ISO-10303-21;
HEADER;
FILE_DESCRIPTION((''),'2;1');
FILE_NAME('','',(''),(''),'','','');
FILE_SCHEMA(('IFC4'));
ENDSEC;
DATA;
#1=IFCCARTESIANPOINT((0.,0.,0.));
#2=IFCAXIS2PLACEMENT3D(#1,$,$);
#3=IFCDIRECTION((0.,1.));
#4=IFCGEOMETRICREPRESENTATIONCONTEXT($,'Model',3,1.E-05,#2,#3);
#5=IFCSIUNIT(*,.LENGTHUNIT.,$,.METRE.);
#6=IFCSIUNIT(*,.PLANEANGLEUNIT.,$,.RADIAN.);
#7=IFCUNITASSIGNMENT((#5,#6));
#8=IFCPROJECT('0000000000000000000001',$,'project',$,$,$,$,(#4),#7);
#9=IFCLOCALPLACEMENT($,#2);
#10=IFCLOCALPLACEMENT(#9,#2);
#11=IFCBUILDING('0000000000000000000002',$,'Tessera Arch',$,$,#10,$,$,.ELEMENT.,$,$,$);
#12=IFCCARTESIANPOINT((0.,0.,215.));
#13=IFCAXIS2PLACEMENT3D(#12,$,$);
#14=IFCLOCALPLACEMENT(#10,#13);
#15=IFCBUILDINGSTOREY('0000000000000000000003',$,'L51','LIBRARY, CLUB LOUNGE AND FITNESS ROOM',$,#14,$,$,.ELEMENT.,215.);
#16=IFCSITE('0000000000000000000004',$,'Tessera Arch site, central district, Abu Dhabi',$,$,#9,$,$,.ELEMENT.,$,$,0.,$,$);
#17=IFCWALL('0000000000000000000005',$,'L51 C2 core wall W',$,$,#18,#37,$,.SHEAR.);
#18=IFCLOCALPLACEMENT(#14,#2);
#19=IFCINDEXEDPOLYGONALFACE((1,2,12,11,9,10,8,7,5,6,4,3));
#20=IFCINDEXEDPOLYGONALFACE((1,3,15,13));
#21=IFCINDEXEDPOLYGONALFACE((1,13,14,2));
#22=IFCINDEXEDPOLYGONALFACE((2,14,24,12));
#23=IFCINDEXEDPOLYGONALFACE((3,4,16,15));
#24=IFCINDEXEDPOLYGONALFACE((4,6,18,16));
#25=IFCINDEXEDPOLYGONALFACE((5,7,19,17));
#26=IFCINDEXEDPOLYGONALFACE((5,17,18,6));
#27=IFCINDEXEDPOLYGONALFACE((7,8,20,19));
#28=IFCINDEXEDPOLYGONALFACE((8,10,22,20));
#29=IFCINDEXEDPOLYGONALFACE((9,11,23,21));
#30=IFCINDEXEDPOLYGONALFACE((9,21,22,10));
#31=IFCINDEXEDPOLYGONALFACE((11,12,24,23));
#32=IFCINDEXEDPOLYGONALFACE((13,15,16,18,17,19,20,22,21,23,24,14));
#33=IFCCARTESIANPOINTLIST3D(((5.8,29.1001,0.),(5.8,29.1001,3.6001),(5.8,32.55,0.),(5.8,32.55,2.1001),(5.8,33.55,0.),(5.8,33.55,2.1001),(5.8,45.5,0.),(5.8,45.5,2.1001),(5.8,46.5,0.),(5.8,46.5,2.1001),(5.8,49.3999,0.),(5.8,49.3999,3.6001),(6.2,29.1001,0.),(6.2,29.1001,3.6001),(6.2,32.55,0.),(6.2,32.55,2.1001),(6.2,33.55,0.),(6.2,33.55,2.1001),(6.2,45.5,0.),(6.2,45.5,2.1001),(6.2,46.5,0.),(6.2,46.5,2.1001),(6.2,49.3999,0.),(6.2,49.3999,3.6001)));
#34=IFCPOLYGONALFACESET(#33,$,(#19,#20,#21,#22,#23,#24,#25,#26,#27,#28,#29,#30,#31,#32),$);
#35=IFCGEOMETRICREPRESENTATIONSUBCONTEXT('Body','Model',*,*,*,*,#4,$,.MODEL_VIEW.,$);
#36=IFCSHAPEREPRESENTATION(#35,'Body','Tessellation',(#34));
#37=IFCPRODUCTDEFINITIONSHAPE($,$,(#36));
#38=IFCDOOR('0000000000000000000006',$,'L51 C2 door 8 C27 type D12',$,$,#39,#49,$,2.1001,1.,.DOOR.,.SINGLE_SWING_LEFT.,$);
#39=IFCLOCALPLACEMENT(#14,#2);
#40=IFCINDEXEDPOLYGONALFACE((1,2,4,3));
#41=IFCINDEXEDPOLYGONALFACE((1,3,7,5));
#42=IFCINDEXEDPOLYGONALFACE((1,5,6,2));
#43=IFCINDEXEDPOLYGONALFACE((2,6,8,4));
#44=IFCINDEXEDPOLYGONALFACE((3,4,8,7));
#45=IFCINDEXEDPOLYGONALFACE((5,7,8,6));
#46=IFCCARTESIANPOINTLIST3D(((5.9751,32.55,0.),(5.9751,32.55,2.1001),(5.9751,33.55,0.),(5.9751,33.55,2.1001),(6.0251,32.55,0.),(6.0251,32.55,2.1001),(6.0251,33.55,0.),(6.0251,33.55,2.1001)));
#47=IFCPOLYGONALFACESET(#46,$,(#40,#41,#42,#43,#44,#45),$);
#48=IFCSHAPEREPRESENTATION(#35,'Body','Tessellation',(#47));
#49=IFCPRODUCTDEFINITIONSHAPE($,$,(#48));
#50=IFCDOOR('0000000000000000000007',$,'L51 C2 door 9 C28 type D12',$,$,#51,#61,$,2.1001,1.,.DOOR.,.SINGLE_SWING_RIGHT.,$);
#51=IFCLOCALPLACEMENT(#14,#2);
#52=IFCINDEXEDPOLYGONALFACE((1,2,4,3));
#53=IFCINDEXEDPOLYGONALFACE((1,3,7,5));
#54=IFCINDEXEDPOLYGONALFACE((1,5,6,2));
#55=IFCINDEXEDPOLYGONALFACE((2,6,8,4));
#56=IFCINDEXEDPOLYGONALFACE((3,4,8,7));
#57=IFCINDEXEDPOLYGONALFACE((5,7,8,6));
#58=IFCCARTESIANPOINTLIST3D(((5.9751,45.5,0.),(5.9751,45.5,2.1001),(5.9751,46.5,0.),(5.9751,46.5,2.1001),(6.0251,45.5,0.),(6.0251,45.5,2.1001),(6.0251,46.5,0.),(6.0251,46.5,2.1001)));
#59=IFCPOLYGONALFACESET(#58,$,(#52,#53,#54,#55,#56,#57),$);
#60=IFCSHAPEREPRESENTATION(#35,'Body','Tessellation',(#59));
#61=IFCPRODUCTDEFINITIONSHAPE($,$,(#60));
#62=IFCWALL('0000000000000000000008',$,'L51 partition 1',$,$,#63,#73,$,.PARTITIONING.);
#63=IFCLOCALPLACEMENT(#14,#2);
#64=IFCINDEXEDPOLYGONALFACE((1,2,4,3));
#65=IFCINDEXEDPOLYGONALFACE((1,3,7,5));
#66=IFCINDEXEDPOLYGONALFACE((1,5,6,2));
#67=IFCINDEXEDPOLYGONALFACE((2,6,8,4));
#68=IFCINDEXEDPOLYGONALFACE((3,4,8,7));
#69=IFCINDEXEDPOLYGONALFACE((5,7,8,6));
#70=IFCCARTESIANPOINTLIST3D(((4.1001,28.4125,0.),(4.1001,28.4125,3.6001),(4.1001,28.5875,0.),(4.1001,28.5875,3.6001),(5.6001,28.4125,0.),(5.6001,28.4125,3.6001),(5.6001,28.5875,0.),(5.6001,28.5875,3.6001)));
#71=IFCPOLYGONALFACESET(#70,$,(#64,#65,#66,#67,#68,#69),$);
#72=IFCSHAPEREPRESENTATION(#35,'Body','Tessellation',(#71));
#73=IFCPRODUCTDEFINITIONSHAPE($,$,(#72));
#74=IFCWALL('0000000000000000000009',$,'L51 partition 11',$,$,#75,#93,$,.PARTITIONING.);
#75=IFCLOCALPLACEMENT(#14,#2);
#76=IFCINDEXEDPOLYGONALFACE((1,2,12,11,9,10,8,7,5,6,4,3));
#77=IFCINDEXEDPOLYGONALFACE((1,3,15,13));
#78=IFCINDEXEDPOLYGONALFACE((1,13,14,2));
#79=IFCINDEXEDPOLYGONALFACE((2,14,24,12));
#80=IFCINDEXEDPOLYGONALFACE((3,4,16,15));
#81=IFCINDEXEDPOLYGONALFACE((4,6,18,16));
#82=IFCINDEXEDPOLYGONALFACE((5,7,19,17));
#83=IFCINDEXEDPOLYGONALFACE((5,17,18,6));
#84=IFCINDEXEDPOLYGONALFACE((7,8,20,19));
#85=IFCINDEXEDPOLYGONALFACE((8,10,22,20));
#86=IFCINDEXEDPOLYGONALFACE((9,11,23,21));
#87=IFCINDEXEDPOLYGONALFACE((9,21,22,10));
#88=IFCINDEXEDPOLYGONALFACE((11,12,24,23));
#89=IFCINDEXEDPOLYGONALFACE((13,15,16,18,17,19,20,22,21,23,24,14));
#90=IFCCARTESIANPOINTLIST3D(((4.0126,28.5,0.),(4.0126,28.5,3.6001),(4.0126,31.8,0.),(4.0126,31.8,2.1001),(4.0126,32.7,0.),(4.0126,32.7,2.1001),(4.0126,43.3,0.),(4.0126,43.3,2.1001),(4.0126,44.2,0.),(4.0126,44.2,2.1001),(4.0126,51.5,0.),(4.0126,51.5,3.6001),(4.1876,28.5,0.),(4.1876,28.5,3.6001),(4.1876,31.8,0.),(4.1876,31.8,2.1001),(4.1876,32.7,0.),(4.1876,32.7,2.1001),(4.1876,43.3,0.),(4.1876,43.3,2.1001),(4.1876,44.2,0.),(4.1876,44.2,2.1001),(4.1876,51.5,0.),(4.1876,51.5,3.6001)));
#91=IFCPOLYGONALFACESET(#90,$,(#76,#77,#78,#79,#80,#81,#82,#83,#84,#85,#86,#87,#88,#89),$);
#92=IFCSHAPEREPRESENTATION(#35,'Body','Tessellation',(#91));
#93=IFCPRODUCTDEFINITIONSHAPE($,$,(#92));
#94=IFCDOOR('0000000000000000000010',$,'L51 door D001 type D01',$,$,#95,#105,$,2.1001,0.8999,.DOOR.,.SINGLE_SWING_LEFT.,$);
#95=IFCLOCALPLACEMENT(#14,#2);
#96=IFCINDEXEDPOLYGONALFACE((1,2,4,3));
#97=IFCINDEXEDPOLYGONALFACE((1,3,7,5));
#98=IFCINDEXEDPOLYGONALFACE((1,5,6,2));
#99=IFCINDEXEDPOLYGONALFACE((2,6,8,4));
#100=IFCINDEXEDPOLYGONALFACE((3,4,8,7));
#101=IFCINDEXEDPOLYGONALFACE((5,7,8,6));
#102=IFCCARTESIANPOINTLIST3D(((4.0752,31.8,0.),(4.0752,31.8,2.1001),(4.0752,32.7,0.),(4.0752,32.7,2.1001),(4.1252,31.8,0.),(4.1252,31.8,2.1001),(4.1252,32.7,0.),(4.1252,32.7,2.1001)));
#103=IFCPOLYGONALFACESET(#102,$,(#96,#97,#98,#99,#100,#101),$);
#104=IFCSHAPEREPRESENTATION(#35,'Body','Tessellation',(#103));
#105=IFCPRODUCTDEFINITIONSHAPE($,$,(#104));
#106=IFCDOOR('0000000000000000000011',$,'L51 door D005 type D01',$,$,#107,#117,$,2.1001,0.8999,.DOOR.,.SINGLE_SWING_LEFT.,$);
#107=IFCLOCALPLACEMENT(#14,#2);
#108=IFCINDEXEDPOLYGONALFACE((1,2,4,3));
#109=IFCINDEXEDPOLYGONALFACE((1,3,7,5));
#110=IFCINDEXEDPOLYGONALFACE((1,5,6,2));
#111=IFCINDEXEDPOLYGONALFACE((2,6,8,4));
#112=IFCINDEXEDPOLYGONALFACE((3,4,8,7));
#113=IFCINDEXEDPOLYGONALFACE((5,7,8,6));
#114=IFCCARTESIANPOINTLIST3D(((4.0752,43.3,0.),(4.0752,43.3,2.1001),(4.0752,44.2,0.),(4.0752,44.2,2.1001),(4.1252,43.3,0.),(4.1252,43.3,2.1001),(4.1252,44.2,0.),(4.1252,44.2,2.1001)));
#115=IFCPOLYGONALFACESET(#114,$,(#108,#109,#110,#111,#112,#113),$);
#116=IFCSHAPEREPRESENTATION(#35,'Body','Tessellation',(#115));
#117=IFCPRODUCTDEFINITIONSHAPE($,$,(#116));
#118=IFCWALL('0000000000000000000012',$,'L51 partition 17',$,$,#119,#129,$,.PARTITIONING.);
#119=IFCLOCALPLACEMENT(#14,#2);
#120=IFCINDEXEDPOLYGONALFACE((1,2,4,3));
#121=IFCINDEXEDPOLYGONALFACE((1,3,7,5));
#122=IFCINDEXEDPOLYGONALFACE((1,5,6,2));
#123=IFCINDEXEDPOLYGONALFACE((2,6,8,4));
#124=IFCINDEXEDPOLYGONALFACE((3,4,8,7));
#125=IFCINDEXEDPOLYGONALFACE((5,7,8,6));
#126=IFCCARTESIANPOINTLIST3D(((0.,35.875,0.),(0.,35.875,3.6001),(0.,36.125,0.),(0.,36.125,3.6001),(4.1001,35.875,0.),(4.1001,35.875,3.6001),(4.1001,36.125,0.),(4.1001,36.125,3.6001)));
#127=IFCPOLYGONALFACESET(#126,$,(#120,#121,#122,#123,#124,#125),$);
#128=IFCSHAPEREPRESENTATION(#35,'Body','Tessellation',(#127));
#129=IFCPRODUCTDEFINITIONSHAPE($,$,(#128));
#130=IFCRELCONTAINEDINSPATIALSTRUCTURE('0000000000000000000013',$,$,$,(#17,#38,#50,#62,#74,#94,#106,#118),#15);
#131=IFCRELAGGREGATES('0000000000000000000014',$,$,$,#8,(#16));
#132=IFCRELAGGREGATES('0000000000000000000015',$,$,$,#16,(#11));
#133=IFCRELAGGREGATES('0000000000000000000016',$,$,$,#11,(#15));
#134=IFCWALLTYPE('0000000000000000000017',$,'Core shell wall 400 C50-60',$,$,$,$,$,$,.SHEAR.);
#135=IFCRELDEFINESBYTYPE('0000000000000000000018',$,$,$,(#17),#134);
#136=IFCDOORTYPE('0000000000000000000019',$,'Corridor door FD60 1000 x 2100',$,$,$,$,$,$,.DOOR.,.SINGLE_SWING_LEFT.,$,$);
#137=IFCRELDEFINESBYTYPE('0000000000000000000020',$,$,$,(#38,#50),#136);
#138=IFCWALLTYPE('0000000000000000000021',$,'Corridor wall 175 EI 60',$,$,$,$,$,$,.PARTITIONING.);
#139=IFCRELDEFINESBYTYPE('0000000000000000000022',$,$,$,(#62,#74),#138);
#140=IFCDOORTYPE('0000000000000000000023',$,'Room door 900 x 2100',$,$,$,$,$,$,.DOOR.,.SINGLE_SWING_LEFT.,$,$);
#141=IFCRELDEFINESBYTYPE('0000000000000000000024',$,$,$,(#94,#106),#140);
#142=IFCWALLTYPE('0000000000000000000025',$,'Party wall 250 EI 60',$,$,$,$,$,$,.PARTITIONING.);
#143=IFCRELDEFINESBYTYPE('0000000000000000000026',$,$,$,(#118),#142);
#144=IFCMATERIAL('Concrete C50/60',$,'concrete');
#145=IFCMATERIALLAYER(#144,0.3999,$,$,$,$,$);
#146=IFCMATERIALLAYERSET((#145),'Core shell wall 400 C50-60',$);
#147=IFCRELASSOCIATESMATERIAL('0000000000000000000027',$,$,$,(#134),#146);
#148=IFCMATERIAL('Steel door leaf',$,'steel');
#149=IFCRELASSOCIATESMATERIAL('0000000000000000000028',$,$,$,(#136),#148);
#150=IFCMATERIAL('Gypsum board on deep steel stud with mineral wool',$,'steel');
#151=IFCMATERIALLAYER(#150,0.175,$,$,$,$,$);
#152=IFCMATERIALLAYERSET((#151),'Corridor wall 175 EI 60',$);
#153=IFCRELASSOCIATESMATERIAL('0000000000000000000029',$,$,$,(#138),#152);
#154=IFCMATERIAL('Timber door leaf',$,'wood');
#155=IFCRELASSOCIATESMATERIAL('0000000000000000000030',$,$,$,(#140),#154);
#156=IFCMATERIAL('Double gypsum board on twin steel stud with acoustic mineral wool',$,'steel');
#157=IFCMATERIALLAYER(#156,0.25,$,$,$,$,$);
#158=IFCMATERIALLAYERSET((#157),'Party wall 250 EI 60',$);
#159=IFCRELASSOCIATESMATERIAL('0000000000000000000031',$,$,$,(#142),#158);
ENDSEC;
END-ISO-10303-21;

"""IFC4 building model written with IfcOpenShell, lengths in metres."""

from ifc_helpers import new_model, si_unit, direction, frame, frame_2d, origin, place, context, subcontext, project, spatial, rectangle, extrude, material, layer, layer_set, type_object, element, fill, save


model = new_model("IFC4")

# Units and contexts
model_context = context("Model", 3, precision=1e-05, world=origin(), true_north=direction((0.0, 1.0)))
body_context = subcontext(model_context, "Body", "Model", "MODEL_VIEW")
ifc_project = project(units=[si_unit("LENGTHUNIT", "METRE"), si_unit("PLANEANGLEUNIT", "RADIAN")], contexts=[model_context])

# Site, building, storey
site_placement = place(None, origin())
site = spatial("IfcSite", under=ifc_project, at=site_placement, Name="Tessera Arch site, central district, Abu Dhabi", CompositionType="ELEMENT", RefElevation=0.0)
building_placement = place(site_placement, origin())
building = spatial("IfcBuilding", under=site, at=building_placement, Name="Tessera Arch", CompositionType="ELEMENT")
storey_placement = place(building_placement, frame((0.0, 0.0, 215.0)))
storey = spatial("IfcBuildingStorey", under=building, at=storey_placement, Name="L51", Description="LIBRARY, CLUB LOUNGE AND FITNESS ROOM", CompositionType="ELEMENT", Elevation=215.0)

# Shared definitions
ifc_material_1 = material(Name="Concrete C50/60", Category="concrete")
ifc_layer_1 = layer(ifc_material_1, 0.3999)
ifc_layer_set_1 = layer_set([ifc_layer_1], Name="Core shell wall 400 C50-60")
wall_type_1 = type_object("IfcWallType", Name="Core shell wall 400 C50-60", PredefinedType="SHEAR", material=ifc_layer_set_1)

# Wall, openings, doors
wall_1_placement = place(storey_placement, frame((6.0, 29.1001, 0.0), z_axis=(0.0, 0.0, 1.0), x_axis=(0.0, 1.0, 0.0)))
wall_1 = element("IfcWall", 1, at=wall_1_placement, inside=storey, type_object=wall_type_1, Name="L51 C2 core wall W", PredefinedType="SHEAR", context=body_context, shape_type="SweptSolid", body=[
    extrude(rectangle(XDim=20.2998, YDim=0.3999, at=frame_2d((10.1499, 0.0))), origin(), (0.0, 0.0, 1.0), 3.6001),
])
opening_1_placement = place(wall_1_placement, frame((3.45, 0.0, 0.0)))
opening_1 = element("IfcOpeningElement", 2, at=opening_1_placement, cuts=wall_1, PredefinedType="OPENING", context=body_context, shape_type="SweptSolid", body=[
    extrude(rectangle(XDim=1.0, YDim=2.1001, at=frame_2d((0.5, 1.05))), frame((0.0, 0.21, 0.0), z_axis=(0.0, -1.0, 0.0), x_axis=(1.0, 0.0, 0.0)), (0.0, 0.0, 1.0), 0.4199),
])
opening_2_placement = place(wall_1_placement, frame((16.3999, 0.0, 0.0)))
opening_2 = element("IfcOpeningElement", 3, at=opening_2_placement, cuts=wall_1, PredefinedType="OPENING", context=body_context, shape_type="SweptSolid", body=[
    extrude(rectangle(XDim=1.0, YDim=2.1001, at=frame_2d((0.5, 1.05))), frame((0.0, 0.21, 0.0), z_axis=(0.0, -1.0, 0.0), x_axis=(1.0, 0.0, 0.0)), (0.0, 0.0, 1.0), 0.4199),
])
ifc_material_2 = material(Name="Steel door leaf", Category="steel")
door_type_1 = type_object("IfcDoorType", Name="Corridor door FD60 1000 x 2100", OperationType="SINGLE_SWING_LEFT", PredefinedType="DOOR", material=ifc_material_2)
door_1_placement = place(opening_1_placement, origin())
door_1 = element("IfcDoor", 4, at=door_1_placement, inside=storey, type_object=door_type_1, Name="L51 C2 door 8 C27 type D12", OperationType="SINGLE_SWING_LEFT", OverallHeight=2.1001, OverallWidth=1.0, PredefinedType="DOOR", context=body_context, shape_type="SweptSolid", body=[
    extrude(rectangle(XDim=1.0, YDim=2.1001, at=frame_2d((0.5, 1.05))), frame((0.0, 0.0249, 0.0), z_axis=(0.0, -1.0, 0.0), x_axis=(1.0, 0.0, 0.0)), (0.0, 0.0, 1.0), 0.05),
])
fill(opening_1, door_1)
door_2_placement = place(opening_2_placement, origin())
door_2 = element("IfcDoor", 5, at=door_2_placement, inside=storey, type_object=door_type_1, Name="L51 C2 door 9 C28 type D12", OperationType="SINGLE_SWING_RIGHT", OverallHeight=2.1001, OverallWidth=1.0, PredefinedType="DOOR", context=body_context, shape_type="SweptSolid", body=[
    extrude(rectangle(XDim=1.0, YDim=2.1001, at=frame_2d((0.5, 1.05))), frame((0.0, 0.0249, 0.0), z_axis=(0.0, -1.0, 0.0), x_axis=(1.0, 0.0, 0.0)), (0.0, 0.0, 1.0), 0.05),
])
fill(opening_2, door_2)

# Wall
ifc_material_3 = material(Name="Gypsum board on deep steel stud with mineral wool", Category="steel")
ifc_layer_2 = layer(ifc_material_3, 0.175)
ifc_layer_set_2 = layer_set([ifc_layer_2], Name="Corridor wall 175 EI 60")
wall_type_2 = type_object("IfcWallType", Name="Corridor wall 175 EI 60", PredefinedType="PARTITIONING", material=ifc_layer_set_2)
wall_2_placement = place(storey_placement, frame((4.1001, 28.5, 0.0), z_axis=(0.0, 0.0, 1.0), x_axis=(1.0, 0.0, 0.0)))
element("IfcWall", 6, at=wall_2_placement, inside=storey, type_object=wall_type_2, Name="L51 partition 1", PredefinedType="PARTITIONING", context=body_context, shape_type="SweptSolid", body=[
    extrude(rectangle(XDim=1.5, YDim=0.175, at=frame_2d((0.75, 0.0))), origin(), (0.0, 0.0, 1.0), 3.6001),
])

# Wall, openings, doors
wall_3_placement = place(storey_placement, frame((4.1001, 28.5, 0.0), z_axis=(0.0, 0.0, 1.0), x_axis=(0.0, 1.0, 0.0)))
wall_3 = element("IfcWall", 7, at=wall_3_placement, inside=storey, type_object=wall_type_2, Name="L51 partition 11", PredefinedType="PARTITIONING", context=body_context, shape_type="SweptSolid", body=[
    extrude(rectangle(XDim=23.0, YDim=0.175, at=frame_2d((11.5, 0.0))), origin(), (0.0, 0.0, 1.0), 3.6001),
])
opening_3_placement = place(wall_3_placement, frame((3.3, 0.0, 0.0)))
opening_3 = element("IfcOpeningElement", 8, at=opening_3_placement, cuts=wall_3, PredefinedType="OPENING", context=body_context, shape_type="SweptSolid", body=[
    extrude(rectangle(XDim=0.8999, YDim=2.1001, at=frame_2d((0.45, 1.05))), frame((0.0, 0.0974, 0.0), z_axis=(0.0, -1.0, 0.0), x_axis=(1.0, 0.0, 0.0)), (0.0, 0.0, 1.0), 0.1951),
])
opening_4_placement = place(wall_3_placement, frame((14.8, 0.0, 0.0)))
opening_4 = element("IfcOpeningElement", 9, at=opening_4_placement, cuts=wall_3, PredefinedType="OPENING", context=body_context, shape_type="SweptSolid", body=[
    extrude(rectangle(XDim=0.8999, YDim=2.1001, at=frame_2d((0.45, 1.05))), frame((0.0, 0.0974, 0.0), z_axis=(0.0, -1.0, 0.0), x_axis=(1.0, 0.0, 0.0)), (0.0, 0.0, 1.0), 0.1951),
])
ifc_material_4 = material(Name="Timber door leaf", Category="wood")
door_type_2 = type_object("IfcDoorType", Name="Room door 900 x 2100", OperationType="SINGLE_SWING_LEFT", PredefinedType="DOOR", material=ifc_material_4)
door_3_placement = place(opening_3_placement, origin())
door_3 = element("IfcDoor", 10, at=door_3_placement, inside=storey, type_object=door_type_2, Name="L51 door D001 type D01", OperationType="SINGLE_SWING_LEFT", OverallHeight=2.1001, OverallWidth=0.8999, PredefinedType="DOOR", context=body_context, shape_type="SweptSolid", body=[
    extrude(rectangle(XDim=0.8999, YDim=2.1001, at=frame_2d((0.45, 1.05))), frame((0.0, 0.0249, 0.0), z_axis=(0.0, -1.0, 0.0), x_axis=(1.0, 0.0, 0.0)), (0.0, 0.0, 1.0), 0.05),
])
fill(opening_3, door_3)
door_4_placement = place(opening_4_placement, origin())
door_4 = element("IfcDoor", 11, at=door_4_placement, inside=storey, type_object=door_type_2, Name="L51 door D005 type D01", OperationType="SINGLE_SWING_LEFT", OverallHeight=2.1001, OverallWidth=0.8999, PredefinedType="DOOR", context=body_context, shape_type="SweptSolid", body=[
    extrude(rectangle(XDim=0.8999, YDim=2.1001, at=frame_2d((0.45, 1.05))), frame((0.0, 0.0249, 0.0), z_axis=(0.0, -1.0, 0.0), x_axis=(1.0, 0.0, 0.0)), (0.0, 0.0, 1.0), 0.05),
])
fill(opening_4, door_4)

# Wall
ifc_material_5 = material(Name="Double gypsum board on twin steel stud with acoustic mineral wool", Category="steel")
ifc_layer_3 = layer(ifc_material_5, 0.25)
ifc_layer_set_3 = layer_set([ifc_layer_3], Name="Party wall 250 EI 60")
wall_type_3 = type_object("IfcWallType", Name="Party wall 250 EI 60", PredefinedType="PARTITIONING", material=ifc_layer_set_3)
wall_4_placement = place(storey_placement, frame((0.0, 36.0, 0.0), z_axis=(0.0, 0.0, 1.0), x_axis=(1.0, 0.0, 0.0)))
element("IfcWall", 12, at=wall_4_placement, inside=storey, type_object=wall_type_3, Name="L51 partition 17", PredefinedType="PARTITIONING", context=body_context, shape_type="SweptSolid", body=[
    extrude(rectangle(XDim=4.1001, YDim=0.25, at=frame_2d((2.05, 0.0))), origin(), (0.0, 0.0, 1.0), 3.6001),
])

save(model, "model.ifc")
